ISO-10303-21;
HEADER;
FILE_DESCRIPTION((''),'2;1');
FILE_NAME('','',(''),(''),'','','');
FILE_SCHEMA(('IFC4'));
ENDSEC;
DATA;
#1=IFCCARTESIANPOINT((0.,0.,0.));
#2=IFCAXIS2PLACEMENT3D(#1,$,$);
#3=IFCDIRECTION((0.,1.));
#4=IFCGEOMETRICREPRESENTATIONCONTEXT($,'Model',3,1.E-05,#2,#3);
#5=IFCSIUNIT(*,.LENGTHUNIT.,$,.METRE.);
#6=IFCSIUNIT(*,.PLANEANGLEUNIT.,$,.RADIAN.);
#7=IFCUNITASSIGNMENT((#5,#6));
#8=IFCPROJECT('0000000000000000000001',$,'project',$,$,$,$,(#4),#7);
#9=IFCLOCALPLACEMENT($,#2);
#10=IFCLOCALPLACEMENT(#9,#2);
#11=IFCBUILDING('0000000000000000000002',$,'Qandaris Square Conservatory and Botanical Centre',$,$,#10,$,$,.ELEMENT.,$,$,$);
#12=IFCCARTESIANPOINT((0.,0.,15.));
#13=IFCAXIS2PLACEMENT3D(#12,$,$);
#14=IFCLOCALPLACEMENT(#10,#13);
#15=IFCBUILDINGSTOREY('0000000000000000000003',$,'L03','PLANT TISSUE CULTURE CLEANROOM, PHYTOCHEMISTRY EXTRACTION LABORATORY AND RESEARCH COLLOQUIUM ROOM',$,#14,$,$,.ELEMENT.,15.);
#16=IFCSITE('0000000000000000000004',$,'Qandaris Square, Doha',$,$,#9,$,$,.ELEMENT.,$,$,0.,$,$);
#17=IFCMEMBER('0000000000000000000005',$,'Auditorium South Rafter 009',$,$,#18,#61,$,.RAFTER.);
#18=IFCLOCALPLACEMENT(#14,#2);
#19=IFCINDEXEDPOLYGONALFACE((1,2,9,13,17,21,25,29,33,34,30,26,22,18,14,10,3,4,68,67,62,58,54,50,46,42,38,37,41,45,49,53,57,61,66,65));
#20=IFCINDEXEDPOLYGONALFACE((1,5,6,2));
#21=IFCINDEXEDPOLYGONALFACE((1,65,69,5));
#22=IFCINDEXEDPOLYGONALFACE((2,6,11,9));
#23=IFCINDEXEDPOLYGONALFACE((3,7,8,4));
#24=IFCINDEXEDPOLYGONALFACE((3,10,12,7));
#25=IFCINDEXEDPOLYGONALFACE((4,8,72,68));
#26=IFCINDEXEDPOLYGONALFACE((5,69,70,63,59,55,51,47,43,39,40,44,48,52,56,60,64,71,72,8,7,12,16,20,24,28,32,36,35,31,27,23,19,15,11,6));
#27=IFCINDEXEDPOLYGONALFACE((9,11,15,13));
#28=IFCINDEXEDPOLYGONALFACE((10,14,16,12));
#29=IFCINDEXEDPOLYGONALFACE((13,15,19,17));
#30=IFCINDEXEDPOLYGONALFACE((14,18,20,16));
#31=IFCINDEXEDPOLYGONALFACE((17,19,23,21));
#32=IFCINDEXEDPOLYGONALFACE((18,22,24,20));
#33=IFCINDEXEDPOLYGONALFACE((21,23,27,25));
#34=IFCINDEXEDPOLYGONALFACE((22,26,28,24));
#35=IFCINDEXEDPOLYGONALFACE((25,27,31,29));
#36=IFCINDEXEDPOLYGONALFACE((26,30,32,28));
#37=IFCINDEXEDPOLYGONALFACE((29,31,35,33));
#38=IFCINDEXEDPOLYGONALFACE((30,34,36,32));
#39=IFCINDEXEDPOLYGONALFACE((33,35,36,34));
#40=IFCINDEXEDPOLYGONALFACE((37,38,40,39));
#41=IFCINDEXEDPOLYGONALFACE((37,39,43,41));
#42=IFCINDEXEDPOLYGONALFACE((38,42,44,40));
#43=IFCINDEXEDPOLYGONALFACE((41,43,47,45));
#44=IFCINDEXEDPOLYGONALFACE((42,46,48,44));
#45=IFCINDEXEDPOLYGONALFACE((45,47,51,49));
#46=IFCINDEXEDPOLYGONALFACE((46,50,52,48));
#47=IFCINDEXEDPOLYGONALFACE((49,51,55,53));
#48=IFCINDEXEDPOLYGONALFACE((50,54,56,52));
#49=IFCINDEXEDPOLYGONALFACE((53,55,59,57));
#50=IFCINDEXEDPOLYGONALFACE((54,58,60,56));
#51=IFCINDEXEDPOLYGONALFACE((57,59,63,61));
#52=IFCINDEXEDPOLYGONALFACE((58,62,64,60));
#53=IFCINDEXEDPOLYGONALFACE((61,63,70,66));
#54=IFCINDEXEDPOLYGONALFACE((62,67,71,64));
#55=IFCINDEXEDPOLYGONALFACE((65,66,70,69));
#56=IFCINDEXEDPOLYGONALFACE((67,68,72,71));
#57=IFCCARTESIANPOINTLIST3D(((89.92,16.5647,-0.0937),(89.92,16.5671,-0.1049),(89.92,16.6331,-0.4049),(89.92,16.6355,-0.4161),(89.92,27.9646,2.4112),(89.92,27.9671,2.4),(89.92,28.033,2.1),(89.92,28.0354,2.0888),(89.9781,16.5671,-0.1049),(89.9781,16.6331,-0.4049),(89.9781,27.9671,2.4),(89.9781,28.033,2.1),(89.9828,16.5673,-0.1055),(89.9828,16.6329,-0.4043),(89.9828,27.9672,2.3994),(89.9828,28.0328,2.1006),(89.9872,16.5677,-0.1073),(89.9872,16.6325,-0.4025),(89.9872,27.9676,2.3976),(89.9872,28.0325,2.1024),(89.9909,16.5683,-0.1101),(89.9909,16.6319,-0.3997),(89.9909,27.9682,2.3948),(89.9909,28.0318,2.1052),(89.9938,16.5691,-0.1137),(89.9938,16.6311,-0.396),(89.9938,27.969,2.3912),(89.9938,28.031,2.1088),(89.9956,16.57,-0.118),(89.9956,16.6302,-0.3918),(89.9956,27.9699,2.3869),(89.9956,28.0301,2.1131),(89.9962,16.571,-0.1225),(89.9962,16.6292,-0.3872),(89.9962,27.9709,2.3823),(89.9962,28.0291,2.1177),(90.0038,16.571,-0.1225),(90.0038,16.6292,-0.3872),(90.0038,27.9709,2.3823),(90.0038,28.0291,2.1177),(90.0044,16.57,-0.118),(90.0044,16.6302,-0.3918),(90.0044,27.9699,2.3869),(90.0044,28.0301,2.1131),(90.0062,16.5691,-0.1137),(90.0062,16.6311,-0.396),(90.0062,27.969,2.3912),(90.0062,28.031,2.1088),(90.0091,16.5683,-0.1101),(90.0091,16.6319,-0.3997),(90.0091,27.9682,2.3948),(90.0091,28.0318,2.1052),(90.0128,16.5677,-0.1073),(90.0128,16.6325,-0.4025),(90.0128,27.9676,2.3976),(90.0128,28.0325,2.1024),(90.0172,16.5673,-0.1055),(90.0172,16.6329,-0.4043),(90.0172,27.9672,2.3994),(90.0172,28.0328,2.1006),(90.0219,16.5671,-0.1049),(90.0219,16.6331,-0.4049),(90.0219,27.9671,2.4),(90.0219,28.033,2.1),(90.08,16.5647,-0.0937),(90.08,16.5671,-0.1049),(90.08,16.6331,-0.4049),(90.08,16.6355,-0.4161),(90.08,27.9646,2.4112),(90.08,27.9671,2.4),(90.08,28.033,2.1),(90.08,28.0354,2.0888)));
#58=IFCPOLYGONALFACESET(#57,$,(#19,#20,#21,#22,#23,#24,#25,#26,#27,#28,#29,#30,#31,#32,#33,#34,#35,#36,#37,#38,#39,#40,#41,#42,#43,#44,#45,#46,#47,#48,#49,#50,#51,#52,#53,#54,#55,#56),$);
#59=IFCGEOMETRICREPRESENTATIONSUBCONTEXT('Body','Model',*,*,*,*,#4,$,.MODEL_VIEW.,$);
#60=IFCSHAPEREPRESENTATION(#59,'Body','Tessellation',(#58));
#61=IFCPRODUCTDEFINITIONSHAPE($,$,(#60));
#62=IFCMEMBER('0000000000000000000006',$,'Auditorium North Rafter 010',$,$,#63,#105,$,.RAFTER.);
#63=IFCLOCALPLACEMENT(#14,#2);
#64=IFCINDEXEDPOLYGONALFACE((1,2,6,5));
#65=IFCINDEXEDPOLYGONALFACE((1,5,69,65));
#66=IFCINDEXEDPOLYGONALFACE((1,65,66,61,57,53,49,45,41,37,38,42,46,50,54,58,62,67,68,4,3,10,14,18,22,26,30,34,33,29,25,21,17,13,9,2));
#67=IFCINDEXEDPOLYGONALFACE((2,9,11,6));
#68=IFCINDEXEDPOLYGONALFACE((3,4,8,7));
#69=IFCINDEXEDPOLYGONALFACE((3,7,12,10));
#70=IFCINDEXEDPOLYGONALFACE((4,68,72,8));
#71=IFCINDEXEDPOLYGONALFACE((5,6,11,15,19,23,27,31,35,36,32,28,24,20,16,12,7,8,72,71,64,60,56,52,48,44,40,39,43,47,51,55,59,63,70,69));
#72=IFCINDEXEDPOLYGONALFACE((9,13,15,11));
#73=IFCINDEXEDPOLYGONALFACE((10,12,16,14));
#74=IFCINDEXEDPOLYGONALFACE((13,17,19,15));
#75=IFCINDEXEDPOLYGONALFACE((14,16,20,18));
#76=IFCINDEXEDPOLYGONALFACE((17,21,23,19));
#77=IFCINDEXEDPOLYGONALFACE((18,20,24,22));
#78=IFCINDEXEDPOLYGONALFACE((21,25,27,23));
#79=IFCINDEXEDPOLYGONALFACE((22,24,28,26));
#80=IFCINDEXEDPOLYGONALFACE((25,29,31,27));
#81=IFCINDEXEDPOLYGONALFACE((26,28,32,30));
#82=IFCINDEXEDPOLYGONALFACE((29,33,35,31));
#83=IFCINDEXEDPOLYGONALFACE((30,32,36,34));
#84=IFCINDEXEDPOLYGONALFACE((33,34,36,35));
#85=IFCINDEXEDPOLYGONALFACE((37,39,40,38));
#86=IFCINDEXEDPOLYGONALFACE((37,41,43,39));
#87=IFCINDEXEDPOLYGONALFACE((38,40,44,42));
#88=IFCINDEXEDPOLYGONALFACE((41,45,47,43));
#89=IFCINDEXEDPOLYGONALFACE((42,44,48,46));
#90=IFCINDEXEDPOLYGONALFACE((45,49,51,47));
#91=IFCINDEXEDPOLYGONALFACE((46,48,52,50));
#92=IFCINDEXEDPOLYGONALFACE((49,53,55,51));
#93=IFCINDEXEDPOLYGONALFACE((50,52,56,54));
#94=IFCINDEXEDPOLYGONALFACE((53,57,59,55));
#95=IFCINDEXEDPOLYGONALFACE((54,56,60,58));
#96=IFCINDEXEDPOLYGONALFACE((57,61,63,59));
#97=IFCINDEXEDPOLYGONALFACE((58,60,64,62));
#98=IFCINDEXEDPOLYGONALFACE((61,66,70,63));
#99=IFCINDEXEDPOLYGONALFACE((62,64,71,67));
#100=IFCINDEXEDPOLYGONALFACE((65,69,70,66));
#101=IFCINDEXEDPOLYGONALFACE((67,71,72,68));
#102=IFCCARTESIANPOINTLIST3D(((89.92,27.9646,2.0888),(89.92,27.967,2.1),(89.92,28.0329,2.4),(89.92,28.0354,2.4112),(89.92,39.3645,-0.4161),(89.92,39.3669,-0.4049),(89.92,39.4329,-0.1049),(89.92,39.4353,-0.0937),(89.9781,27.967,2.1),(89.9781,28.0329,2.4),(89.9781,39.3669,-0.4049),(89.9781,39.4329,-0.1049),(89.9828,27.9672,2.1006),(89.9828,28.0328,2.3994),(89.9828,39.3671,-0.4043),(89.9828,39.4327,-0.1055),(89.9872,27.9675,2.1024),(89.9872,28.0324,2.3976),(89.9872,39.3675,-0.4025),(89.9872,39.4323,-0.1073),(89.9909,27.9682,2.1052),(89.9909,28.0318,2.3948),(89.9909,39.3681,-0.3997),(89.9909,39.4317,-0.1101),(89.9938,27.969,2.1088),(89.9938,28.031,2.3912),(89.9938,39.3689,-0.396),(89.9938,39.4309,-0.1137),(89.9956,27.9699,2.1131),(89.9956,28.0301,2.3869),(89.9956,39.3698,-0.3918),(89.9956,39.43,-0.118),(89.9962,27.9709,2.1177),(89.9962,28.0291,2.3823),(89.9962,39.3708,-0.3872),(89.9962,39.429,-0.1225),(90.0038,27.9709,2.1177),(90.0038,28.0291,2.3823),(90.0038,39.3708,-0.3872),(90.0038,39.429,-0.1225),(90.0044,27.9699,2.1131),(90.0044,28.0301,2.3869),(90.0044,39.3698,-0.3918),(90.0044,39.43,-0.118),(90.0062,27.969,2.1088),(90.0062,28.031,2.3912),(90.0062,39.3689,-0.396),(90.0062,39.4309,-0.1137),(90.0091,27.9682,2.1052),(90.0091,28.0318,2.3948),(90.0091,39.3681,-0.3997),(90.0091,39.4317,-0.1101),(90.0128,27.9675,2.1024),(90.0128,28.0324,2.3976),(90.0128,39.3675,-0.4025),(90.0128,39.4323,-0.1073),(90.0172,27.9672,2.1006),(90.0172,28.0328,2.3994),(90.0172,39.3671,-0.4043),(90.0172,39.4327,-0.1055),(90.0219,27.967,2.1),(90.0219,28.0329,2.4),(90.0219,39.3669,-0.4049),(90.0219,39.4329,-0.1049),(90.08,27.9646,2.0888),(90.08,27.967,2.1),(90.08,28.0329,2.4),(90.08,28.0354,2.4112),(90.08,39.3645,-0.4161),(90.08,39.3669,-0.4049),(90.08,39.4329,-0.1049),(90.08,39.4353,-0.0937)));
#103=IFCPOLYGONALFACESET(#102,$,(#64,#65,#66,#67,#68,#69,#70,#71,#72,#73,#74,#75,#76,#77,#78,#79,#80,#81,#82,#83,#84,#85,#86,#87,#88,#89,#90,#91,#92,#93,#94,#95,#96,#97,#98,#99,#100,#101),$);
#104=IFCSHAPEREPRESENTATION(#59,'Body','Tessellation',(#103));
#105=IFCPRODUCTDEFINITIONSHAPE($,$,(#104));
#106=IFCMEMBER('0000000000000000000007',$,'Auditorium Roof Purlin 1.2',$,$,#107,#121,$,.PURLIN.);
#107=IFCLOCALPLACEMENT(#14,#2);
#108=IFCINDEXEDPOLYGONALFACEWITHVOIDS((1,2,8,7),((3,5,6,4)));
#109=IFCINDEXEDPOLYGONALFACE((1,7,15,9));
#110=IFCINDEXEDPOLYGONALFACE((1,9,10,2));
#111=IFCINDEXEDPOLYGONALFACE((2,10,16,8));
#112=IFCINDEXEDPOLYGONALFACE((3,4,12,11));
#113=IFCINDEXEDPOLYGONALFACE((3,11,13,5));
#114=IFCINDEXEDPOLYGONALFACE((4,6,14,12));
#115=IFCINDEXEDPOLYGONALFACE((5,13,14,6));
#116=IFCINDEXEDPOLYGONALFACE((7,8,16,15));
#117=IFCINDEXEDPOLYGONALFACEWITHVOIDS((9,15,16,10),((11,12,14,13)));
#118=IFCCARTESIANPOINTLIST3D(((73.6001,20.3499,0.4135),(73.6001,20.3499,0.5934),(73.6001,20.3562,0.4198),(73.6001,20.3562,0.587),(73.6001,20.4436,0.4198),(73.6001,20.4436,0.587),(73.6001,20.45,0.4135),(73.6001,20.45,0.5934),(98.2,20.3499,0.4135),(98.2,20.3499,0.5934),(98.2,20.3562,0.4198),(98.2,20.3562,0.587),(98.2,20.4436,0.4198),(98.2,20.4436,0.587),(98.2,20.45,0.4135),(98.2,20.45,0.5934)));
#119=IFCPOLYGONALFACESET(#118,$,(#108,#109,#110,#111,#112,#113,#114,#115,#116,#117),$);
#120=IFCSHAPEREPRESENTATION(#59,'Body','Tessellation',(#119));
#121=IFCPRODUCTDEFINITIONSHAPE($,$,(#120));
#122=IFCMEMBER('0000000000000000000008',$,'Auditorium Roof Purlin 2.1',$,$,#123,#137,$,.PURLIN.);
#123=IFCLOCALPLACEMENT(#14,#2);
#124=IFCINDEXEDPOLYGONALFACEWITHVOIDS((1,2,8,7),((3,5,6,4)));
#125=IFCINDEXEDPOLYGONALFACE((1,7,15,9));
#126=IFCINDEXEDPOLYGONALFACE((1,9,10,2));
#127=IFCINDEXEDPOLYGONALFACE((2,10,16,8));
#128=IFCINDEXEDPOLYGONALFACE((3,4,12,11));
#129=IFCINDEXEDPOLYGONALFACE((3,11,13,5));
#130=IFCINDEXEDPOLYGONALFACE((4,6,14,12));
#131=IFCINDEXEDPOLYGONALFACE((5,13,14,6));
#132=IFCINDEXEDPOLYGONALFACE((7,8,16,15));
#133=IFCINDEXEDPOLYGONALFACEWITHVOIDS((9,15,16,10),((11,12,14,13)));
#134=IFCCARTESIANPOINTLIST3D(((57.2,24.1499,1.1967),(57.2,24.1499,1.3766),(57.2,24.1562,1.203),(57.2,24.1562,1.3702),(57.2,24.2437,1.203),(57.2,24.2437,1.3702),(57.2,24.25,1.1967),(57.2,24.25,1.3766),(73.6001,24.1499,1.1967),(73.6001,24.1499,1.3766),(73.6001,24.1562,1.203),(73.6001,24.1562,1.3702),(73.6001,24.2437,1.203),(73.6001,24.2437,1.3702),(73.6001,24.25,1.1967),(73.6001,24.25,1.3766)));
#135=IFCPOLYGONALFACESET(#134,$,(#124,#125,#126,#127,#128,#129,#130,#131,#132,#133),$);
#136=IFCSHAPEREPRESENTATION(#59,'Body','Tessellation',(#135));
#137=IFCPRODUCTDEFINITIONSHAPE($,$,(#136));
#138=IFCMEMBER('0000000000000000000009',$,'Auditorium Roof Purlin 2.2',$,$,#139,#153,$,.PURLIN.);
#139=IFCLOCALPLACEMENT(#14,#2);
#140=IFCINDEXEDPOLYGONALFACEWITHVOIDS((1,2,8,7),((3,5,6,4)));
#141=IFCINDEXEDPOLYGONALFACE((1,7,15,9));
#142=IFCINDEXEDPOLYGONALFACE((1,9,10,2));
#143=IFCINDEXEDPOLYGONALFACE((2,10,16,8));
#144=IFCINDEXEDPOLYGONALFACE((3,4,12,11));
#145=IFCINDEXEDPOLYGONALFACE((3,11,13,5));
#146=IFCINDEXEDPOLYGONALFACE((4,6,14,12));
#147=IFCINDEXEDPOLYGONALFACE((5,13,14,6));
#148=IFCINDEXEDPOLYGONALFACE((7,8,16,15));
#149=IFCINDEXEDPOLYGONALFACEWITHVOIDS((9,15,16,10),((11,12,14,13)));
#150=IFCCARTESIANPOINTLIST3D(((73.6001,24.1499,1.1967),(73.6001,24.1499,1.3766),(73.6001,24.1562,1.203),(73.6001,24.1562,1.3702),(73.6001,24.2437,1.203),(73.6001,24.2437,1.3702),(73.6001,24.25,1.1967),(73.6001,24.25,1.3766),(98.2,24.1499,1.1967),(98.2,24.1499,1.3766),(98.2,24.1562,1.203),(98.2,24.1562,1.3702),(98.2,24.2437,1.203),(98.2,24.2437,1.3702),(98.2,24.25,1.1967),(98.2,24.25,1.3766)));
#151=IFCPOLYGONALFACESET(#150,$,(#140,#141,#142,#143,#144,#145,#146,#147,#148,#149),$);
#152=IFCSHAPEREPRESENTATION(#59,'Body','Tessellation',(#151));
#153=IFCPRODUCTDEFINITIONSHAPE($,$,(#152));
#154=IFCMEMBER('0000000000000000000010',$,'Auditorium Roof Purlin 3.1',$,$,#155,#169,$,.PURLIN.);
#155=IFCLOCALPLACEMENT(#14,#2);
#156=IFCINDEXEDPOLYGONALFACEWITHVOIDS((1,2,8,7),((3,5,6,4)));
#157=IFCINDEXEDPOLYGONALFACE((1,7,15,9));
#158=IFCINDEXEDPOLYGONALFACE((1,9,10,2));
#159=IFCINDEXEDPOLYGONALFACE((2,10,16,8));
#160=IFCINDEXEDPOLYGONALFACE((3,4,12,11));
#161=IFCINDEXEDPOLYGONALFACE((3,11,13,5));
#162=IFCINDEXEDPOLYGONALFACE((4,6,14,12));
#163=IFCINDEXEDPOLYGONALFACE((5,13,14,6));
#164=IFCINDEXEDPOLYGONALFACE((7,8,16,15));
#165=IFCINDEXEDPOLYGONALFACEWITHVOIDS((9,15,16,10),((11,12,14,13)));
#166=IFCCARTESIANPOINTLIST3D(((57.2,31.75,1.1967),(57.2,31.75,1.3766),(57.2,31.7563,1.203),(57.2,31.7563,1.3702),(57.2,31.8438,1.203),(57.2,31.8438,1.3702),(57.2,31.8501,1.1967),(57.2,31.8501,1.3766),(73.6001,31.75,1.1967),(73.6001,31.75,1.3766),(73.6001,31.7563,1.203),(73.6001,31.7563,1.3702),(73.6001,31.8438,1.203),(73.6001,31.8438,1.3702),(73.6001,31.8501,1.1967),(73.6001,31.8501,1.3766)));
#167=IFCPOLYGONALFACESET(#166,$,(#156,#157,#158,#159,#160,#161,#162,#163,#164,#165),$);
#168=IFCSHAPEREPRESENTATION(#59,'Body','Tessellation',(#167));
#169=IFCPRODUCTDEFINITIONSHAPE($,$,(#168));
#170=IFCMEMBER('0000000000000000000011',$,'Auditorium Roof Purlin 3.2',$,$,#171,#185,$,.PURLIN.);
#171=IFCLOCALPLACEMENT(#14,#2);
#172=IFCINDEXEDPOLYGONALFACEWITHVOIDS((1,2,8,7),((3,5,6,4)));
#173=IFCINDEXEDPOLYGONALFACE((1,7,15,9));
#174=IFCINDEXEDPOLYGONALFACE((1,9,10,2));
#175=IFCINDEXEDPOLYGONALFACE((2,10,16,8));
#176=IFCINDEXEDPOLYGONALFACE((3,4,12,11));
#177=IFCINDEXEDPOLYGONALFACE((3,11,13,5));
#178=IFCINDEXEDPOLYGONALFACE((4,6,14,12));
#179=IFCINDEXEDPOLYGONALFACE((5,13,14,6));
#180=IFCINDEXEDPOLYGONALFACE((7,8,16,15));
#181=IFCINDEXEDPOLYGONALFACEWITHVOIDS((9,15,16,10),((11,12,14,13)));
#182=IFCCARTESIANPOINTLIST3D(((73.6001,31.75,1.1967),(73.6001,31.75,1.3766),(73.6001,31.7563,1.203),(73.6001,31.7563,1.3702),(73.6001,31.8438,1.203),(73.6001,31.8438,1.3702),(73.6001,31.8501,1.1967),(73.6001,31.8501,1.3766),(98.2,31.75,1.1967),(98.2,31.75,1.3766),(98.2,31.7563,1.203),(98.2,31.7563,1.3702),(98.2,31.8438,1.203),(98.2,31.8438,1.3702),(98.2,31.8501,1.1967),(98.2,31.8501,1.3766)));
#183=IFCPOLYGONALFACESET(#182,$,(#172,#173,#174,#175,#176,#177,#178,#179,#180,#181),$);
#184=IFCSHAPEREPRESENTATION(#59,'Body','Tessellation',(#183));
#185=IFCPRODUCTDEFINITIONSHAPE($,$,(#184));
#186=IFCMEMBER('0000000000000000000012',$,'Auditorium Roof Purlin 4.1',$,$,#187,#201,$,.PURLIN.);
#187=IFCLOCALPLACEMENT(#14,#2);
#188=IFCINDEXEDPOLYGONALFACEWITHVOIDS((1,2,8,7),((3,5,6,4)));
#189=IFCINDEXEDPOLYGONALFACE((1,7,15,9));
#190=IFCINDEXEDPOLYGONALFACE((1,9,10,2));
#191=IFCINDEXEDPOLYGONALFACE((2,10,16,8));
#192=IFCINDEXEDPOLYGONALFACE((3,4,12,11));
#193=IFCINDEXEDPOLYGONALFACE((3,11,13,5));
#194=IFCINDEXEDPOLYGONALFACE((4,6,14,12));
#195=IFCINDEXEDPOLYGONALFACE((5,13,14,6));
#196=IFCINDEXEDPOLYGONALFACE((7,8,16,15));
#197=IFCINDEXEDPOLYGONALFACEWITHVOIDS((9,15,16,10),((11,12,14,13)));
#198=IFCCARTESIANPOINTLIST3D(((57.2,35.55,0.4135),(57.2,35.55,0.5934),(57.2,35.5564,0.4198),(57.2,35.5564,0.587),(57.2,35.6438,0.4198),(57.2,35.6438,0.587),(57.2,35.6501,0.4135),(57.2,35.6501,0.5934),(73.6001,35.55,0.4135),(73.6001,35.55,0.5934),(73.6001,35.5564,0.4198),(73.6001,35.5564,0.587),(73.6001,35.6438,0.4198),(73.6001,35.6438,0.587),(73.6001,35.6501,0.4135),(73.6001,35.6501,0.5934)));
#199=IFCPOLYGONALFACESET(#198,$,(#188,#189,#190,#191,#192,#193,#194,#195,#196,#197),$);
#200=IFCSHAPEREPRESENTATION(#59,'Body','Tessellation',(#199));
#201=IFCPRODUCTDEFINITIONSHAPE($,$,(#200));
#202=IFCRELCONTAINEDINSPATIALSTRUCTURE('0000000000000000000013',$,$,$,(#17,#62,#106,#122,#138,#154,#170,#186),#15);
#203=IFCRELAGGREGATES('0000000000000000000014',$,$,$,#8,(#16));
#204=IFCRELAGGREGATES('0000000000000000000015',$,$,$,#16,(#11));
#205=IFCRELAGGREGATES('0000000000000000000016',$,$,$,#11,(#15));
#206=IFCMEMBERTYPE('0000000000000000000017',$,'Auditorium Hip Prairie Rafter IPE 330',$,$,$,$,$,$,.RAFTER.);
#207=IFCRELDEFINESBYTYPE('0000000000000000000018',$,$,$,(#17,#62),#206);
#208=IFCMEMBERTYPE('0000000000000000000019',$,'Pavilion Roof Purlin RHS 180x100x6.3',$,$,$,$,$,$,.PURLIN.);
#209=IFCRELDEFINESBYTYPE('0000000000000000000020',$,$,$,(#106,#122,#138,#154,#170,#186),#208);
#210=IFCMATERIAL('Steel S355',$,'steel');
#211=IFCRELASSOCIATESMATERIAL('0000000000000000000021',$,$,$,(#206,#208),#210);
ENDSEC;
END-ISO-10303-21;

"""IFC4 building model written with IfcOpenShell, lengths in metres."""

from ifc_helpers import new_model, si_unit, direction, frame, origin, origin_2d, place, context, subcontext, project, spatial, hollow_rectangle, i_section, extrude, material, material_profile, profile_set, type_object, element, save


model = new_model("IFC4")

# Units and contexts
model_context = context("Model", 3, precision=1e-05, world=origin(), true_north=direction((0.0, 1.0)))
body_context = subcontext(model_context, "Body", "Model", "MODEL_VIEW")
ifc_project = project(units=[si_unit("LENGTHUNIT", "METRE"), si_unit("PLANEANGLEUNIT", "RADIAN")], contexts=[model_context])

# Site, building, storey
site_placement = place(None, origin())
site = spatial("IfcSite", under=ifc_project, at=site_placement, Name="Qandaris Square, Doha", CompositionType="ELEMENT", RefElevation=0.0)
building_placement = place(site_placement, origin())
building = spatial("IfcBuilding", under=site, at=building_placement, Name="Qandaris Square Conservatory and Botanical Centre", CompositionType="ELEMENT")
storey_placement = place(building_placement, frame((0.0, 0.0, 15.0)))
storey = spatial("IfcBuildingStorey", under=building, at=storey_placement, Name="L03", Description="PLANT TISSUE CULTURE CLEANROOM, PHYTOCHEMISTRY EXTRACTION LABORATORY AND RESEARCH COLLOQUIUM ROOM", CompositionType="ELEMENT", Elevation=15.0)

# Members
ifc_material_1 = material(Name="Steel S355", Category="steel")
ifc_material_profile_1 = material_profile(ifc_material_1, i_section(OverallWidth=0.1599, OverallDepth=0.3301, WebThickness=0.0076, FlangeThickness=0.0115, FilletRadius=0.0181, at=origin_2d()), Name="IPE 330")
ifc_profile_set_1 = profile_set([ifc_material_profile_1], Name="Steel S355")
member_type_1 = type_object("IfcMemberType", Name="Auditorium Hip Prairie Rafter IPE 330", PredefinedType="RAFTER", material=ifc_profile_set_1)
for number, where, z_axis, x_axis, name in (
    (1, (90.0, 16.6001, -0.2549), (0.0, 0.9767, 0.214609), (-1.0, 0.0, 0.0), "Auditorium South Rafter 009"),
    (2, (90.0, 39.3999, -0.2549), (0.0, -0.9767, 0.214609), (1.0, 0.0, 0.0), "Auditorium North Rafter 010"),
):
    element("IfcMember", number, at=place(storey_placement, frame(where, z_axis=z_axis, x_axis=x_axis)), inside=storey, type_object=member_type_1, Name=name, PredefinedType="RAFTER", context=body_context, shape_type="SweptSolid", body=[
        extrude(i_section(OverallWidth=0.1599, OverallDepth=0.3301, WebThickness=0.0076, FlangeThickness=0.0115, FilletRadius=0.0181, at=origin_2d()), origin(), (0.0, 0.0, 1.0), 11.6719),
    ])
ifc_material_profile_2 = material_profile(ifc_material_1, hollow_rectangle(XDim=0.1001, YDim=0.1799, WallThickness=0.0063, at=origin_2d()), Name="RHS 180x100x6.3")
ifc_profile_set_2 = profile_set([ifc_material_profile_2], Name="Steel S355")
member_type_2 = type_object("IfcMemberType", Name="Pavilion Roof Purlin RHS 180x100x6.3", PredefinedType="PURLIN", material=ifc_profile_set_2)
member_1_placement = place(storey_placement, frame((73.6001, 20.3999, 0.5034), z_axis=(1.0, 0.0, 0.0), x_axis=(0.0, 1.0, 0.0)))
element("IfcMember", 3, at=member_1_placement, inside=storey, type_object=member_type_2, Name="Auditorium Roof Purlin 1.2", PredefinedType="PURLIN", context=body_context, shape_type="SweptSolid", body=[
    extrude(hollow_rectangle(XDim=0.1001, YDim=0.1799, WallThickness=0.0063, at=origin_2d()), origin(), (0.0, 0.0, 1.0), 24.5999),
])
member_2_placement = place(storey_placement, frame((57.2, 24.2, 1.2866), z_axis=(1.0, 0.0, 0.0), x_axis=(0.0, 1.0, 0.0)))
element("IfcMember", 4, at=member_2_placement, inside=storey, type_object=member_type_2, Name="Auditorium Roof Purlin 2.1", PredefinedType="PURLIN", context=body_context, shape_type="SweptSolid", body=[
    extrude(hollow_rectangle(XDim=0.1001, YDim=0.1799, WallThickness=0.0063, at=origin_2d()), origin(), (0.0, 0.0, 1.0), 16.4001),
])
member_3_placement = place(storey_placement, frame((73.6001, 24.2, 1.2866), z_axis=(1.0, 0.0, 0.0), x_axis=(0.0, 1.0, 0.0)))
element("IfcMember", 5, at=member_3_placement, inside=storey, type_object=member_type_2, Name="Auditorium Roof Purlin 2.2", PredefinedType="PURLIN", context=body_context, shape_type="SweptSolid", body=[
    extrude(hollow_rectangle(XDim=0.1001, YDim=0.1799, WallThickness=0.0063, at=origin_2d()), origin(), (0.0, 0.0, 1.0), 24.5999),
])
member_4_placement = place(storey_placement, frame((57.2, 31.8, 1.2866), z_axis=(1.0, 0.0, 0.0), x_axis=(0.0, 1.0, 0.0)))
element("IfcMember", 6, at=member_4_placement, inside=storey, type_object=member_type_2, Name="Auditorium Roof Purlin 3.1", PredefinedType="PURLIN", context=body_context, shape_type="SweptSolid", body=[
    extrude(hollow_rectangle(XDim=0.1001, YDim=0.1799, WallThickness=0.0063, at=origin_2d()), origin(), (0.0, 0.0, 1.0), 16.4001),
])
member_5_placement = place(storey_placement, frame((73.6001, 31.8, 1.2866), z_axis=(1.0, 0.0, 0.0), x_axis=(0.0, 1.0, 0.0)))
element("IfcMember", 7, at=member_5_placement, inside=storey, type_object=member_type_2, Name="Auditorium Roof Purlin 3.2", PredefinedType="PURLIN", context=body_context, shape_type="SweptSolid", body=[
    extrude(hollow_rectangle(XDim=0.1001, YDim=0.1799, WallThickness=0.0063, at=origin_2d()), origin(), (0.0, 0.0, 1.0), 24.5999),
])
member_6_placement = place(storey_placement, frame((57.2, 35.6001, 0.5034), z_axis=(1.0, 0.0, 0.0), x_axis=(0.0, 1.0, 0.0)))
element("IfcMember", 8, at=member_6_placement, inside=storey, type_object=member_type_2, Name="Auditorium Roof Purlin 4.1", PredefinedType="PURLIN", context=body_context, shape_type="SweptSolid", body=[
    extrude(hollow_rectangle(XDim=0.1001, YDim=0.1799, WallThickness=0.0063, at=origin_2d()), origin(), (0.0, 0.0, 1.0), 16.4001),
])

save(model, "model.ifc")
